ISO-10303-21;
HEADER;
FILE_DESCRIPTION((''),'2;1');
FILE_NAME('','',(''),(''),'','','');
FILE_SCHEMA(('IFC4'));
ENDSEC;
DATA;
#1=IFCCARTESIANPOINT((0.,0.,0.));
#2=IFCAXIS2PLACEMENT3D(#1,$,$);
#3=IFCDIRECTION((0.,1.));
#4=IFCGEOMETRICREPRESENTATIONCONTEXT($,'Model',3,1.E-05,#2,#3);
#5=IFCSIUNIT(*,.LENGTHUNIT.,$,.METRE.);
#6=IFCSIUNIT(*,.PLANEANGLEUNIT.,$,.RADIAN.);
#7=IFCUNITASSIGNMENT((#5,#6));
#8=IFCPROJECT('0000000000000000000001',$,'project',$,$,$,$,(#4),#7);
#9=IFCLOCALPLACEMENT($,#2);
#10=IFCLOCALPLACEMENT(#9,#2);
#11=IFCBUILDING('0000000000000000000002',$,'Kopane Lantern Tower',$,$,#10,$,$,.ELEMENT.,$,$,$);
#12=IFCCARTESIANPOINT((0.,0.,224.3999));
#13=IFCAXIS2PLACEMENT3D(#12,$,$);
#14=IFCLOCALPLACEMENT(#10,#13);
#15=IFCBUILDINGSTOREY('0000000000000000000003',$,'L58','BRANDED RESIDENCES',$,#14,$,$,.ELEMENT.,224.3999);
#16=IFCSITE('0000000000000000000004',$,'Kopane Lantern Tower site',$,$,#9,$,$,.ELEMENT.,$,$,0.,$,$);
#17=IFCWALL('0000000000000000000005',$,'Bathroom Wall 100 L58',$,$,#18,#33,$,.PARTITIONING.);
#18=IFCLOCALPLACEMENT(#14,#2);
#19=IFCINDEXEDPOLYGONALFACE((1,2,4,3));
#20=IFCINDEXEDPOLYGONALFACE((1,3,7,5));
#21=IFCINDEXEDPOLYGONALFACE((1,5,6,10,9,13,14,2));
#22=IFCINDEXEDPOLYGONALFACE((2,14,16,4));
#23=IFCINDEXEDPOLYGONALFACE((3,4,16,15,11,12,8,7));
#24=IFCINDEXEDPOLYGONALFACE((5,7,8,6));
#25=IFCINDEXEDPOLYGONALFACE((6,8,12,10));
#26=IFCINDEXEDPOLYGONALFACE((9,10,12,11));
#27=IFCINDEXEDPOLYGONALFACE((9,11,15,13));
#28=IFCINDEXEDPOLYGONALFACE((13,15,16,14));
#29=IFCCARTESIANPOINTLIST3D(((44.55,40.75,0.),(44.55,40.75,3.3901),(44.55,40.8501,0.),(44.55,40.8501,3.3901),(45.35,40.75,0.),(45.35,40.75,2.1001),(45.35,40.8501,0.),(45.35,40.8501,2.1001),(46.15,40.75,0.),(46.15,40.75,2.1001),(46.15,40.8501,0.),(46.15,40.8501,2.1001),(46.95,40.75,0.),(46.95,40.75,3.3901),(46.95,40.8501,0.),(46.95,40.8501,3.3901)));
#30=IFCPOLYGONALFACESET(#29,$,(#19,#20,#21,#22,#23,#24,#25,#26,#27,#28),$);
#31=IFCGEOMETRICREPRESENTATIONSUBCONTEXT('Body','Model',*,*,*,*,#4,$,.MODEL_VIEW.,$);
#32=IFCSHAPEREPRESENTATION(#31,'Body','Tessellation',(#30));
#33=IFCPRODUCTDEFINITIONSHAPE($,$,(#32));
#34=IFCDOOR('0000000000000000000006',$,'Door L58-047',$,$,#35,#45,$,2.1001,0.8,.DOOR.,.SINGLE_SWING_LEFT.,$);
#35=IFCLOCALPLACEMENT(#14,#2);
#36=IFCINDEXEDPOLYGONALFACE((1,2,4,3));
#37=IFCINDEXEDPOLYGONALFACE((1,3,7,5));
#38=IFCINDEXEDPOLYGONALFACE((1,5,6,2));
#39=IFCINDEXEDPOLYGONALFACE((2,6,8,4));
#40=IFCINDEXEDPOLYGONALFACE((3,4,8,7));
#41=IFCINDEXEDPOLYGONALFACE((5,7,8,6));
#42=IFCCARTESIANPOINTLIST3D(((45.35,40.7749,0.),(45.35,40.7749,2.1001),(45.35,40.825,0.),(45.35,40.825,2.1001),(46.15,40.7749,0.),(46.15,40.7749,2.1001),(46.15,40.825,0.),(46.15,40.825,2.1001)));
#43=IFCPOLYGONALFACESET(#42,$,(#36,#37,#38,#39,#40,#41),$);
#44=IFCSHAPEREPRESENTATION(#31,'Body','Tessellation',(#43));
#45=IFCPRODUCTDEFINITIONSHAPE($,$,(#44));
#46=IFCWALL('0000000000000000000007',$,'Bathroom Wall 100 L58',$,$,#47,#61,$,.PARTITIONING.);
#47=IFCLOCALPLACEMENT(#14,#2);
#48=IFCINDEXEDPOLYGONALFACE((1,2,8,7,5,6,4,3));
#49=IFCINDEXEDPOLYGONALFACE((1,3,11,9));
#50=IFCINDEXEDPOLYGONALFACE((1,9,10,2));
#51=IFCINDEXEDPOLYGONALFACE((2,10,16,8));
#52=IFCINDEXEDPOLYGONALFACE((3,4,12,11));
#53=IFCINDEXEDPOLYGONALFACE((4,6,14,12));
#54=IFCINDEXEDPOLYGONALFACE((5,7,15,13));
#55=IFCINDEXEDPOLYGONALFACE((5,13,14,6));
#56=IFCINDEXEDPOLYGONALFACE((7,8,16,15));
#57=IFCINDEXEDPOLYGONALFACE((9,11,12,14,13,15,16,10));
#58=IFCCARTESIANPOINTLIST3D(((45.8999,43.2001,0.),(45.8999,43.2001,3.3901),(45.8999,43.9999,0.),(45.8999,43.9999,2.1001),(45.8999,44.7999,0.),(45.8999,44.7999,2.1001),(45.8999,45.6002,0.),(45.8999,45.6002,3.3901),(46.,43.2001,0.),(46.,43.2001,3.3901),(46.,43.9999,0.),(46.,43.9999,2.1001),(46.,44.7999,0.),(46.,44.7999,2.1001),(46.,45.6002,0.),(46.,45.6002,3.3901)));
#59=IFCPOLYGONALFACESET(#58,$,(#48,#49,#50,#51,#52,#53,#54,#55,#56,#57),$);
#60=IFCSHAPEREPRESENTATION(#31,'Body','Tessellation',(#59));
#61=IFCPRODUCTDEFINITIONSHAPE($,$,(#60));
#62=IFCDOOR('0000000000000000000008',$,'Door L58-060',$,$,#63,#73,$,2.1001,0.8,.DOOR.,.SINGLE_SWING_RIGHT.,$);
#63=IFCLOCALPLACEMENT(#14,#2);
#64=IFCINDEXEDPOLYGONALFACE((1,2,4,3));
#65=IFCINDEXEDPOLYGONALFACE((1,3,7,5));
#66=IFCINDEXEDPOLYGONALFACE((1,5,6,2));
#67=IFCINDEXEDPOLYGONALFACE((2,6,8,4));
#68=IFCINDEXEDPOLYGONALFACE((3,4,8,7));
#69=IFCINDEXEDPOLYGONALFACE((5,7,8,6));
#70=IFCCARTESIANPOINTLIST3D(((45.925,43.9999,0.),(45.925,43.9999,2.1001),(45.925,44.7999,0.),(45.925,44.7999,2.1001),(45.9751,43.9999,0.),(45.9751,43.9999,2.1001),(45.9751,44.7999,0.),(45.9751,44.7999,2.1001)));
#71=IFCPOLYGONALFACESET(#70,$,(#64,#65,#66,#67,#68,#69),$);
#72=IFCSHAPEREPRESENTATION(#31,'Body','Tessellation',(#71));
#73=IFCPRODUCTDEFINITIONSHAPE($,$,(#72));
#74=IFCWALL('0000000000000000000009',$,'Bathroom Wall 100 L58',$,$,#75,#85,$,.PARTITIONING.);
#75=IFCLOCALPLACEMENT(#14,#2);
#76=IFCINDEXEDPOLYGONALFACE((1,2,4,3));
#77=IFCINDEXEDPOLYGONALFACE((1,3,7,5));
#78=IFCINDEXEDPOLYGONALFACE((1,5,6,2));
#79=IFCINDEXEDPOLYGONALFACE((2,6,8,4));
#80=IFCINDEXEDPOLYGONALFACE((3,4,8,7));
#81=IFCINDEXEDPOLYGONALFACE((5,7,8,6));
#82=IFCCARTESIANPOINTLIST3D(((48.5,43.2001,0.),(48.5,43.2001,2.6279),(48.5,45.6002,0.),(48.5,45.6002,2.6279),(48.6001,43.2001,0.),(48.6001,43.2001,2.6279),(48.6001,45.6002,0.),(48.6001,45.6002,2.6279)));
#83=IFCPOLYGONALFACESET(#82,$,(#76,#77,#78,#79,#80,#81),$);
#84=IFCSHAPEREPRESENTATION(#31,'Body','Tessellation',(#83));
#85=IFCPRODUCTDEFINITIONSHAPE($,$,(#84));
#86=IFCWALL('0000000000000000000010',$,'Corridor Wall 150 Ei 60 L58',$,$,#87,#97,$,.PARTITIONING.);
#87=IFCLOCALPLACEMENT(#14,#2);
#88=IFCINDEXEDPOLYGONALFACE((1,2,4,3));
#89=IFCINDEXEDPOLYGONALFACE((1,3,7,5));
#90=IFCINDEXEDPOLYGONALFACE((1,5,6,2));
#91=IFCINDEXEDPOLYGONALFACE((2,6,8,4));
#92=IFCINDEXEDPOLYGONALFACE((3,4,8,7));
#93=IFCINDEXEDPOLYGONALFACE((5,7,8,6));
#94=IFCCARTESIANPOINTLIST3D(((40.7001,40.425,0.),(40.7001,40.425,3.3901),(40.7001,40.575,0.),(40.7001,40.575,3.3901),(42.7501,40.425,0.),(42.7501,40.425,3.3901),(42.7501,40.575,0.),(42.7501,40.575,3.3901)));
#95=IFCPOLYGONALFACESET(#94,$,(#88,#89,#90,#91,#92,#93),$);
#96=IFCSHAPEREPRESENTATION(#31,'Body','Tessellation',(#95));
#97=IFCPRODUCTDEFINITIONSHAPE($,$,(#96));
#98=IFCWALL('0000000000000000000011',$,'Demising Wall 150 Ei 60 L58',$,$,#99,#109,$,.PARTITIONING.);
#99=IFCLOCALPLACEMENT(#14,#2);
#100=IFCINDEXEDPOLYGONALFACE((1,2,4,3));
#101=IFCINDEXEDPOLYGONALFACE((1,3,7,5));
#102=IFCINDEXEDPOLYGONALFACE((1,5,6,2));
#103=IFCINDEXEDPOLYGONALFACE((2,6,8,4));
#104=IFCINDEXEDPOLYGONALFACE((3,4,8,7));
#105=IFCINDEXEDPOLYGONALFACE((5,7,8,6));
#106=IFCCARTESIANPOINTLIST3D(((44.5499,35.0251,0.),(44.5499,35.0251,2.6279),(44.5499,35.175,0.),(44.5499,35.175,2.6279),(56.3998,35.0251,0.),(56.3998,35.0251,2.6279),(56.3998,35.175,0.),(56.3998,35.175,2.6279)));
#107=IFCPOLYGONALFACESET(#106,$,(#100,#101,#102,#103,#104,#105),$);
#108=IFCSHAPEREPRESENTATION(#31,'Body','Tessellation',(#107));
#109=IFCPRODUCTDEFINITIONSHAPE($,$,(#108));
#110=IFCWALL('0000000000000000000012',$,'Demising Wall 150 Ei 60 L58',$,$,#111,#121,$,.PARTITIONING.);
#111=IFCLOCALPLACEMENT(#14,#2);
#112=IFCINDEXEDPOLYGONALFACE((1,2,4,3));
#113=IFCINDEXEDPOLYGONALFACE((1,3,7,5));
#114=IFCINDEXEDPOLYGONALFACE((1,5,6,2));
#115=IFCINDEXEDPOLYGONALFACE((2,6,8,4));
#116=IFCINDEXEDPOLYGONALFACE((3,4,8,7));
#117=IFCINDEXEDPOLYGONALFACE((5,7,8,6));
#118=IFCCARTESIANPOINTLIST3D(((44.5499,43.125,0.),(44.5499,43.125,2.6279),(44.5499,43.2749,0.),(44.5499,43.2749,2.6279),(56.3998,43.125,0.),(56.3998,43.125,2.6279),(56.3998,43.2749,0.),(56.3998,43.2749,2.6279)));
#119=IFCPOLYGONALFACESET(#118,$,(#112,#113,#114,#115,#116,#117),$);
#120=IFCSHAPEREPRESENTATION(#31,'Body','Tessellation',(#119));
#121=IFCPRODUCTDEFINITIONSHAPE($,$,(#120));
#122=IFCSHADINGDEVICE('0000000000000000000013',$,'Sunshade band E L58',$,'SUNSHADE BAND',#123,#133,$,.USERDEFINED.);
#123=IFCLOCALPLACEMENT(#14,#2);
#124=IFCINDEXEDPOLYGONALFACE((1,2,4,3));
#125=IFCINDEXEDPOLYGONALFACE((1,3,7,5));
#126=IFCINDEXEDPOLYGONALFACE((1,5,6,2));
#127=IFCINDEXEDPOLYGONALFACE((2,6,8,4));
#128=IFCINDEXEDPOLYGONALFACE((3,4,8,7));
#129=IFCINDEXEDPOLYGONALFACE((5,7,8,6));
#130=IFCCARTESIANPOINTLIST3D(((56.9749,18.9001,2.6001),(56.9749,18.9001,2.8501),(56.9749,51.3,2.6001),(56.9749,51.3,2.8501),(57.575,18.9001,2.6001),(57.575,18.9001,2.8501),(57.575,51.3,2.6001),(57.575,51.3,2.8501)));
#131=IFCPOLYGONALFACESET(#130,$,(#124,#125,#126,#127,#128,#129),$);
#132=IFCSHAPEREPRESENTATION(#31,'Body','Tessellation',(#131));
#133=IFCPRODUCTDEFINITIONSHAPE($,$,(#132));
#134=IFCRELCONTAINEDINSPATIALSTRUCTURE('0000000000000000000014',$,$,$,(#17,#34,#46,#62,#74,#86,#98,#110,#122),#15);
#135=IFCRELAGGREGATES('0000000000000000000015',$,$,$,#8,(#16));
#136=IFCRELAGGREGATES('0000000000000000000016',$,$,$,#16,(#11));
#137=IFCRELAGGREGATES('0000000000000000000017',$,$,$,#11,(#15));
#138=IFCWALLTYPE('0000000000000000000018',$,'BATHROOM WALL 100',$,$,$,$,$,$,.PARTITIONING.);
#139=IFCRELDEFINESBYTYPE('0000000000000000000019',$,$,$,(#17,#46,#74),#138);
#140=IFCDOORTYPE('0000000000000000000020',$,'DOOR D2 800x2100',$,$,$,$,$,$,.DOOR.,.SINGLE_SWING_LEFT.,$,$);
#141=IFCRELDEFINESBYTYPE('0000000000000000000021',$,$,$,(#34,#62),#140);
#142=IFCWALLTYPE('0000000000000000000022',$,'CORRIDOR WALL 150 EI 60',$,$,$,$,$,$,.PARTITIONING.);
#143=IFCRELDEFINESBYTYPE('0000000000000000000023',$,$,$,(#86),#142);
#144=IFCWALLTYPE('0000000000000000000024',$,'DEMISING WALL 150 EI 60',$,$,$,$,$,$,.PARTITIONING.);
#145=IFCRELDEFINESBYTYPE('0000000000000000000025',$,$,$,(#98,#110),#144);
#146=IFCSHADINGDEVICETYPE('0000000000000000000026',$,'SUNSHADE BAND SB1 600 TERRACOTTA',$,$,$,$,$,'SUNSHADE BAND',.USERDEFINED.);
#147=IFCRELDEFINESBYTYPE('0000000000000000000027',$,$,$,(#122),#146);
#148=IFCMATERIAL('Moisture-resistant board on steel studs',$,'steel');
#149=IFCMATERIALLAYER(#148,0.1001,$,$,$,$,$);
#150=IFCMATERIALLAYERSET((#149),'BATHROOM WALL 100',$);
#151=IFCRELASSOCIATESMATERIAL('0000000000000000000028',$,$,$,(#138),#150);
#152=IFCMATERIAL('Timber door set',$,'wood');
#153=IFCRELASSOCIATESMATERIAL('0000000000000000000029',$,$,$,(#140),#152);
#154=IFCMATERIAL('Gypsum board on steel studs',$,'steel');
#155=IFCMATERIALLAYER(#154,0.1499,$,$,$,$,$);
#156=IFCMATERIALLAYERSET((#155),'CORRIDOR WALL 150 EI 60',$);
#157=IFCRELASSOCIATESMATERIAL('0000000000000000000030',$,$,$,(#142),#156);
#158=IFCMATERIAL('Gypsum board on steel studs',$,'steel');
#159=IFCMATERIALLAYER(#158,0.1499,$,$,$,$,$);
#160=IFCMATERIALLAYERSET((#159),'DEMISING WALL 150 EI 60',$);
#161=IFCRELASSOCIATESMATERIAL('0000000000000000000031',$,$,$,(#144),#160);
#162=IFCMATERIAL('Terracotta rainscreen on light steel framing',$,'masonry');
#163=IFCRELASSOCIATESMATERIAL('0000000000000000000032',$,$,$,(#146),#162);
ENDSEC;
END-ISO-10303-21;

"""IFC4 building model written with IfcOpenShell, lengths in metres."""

from ifc_helpers import new_model, si_unit, direction, frame, frame_2d, origin, origin_2d, place, context, subcontext, project, spatial, rectangle, extrude, material, layer, layer_set, type_object, element, fill, save


model = new_model("IFC4")

# Units and contexts
model_context = context("Model", 3, precision=1e-05, world=origin(), true_north=direction((0.0, 1.0)))
body_context = subcontext(model_context, "Body", "Model", "MODEL_VIEW")
ifc_project = project(units=[si_unit("LENGTHUNIT", "METRE"), si_unit("PLANEANGLEUNIT", "RADIAN")], contexts=[model_context])

# Site, building, storey
site_placement = place(None, origin())
site = spatial("IfcSite", under=ifc_project, at=site_placement, Name="Kopane Lantern Tower site", CompositionType="ELEMENT", RefElevation=0.0)
building_placement = place(site_placement, origin())
building = spatial("IfcBuilding", under=site, at=building_placement, Name="Kopane Lantern Tower", CompositionType="ELEMENT")
storey_placement = place(building_placement, frame((0.0, 0.0, 224.3999)))
storey = spatial("IfcBuildingStorey", under=building, at=storey_placement, Name="L58", Description="BRANDED RESIDENCES", CompositionType="ELEMENT", Elevation=224.3999)

# Walls, openings, doors
ifc_material_1 = material(Name="Moisture-resistant board on steel studs", Category="steel")
ifc_layer_1 = layer(ifc_material_1, 0.1001)
ifc_layer_set_1 = layer_set([ifc_layer_1], Name="BATHROOM WALL 100")
wall_type_1 = type_object("IfcWallType", Name="BATHROOM WALL 100", PredefinedType="PARTITIONING", material=ifc_layer_set_1)
ifc_material_2 = material(Name="Timber door set", Category="wood")
door_type_1 = type_object("IfcDoorType", Name="DOOR D2 800x2100", OperationType="SINGLE_SWING_LEFT", PredefinedType="DOOR", material=ifc_material_2)
wall_1_placement = place(storey_placement, frame((44.55, 40.8, 0.0), z_axis=(0.0, 0.0, 1.0), x_axis=(1.0, 0.0, 0.0)))
wall_1 = element("IfcWall", 1, at=wall_1_placement, inside=storey, type_object=wall_type_1, Name="Bathroom Wall 100 L58", PredefinedType="PARTITIONING", context=body_context, shape_type="SweptSolid", body=[
    extrude(rectangle(XDim=2.3999, YDim=0.1001, at=frame_2d((1.2, 0.0))), origin(), (0.0, 0.0, 1.0), 3.3901),
])
opening_1_placement = place(wall_1_placement, frame((0.8, 0.0, 0.0)))
opening_1 = element("IfcOpeningElement", 2, at=opening_1_placement, cuts=wall_1, PredefinedType="OPENING", context=body_context, shape_type="SweptSolid", body=[
    extrude(rectangle(XDim=0.8, YDim=2.1001, at=frame_2d((0.3999, 1.05))), frame((0.0, 0.0601, 0.0), z_axis=(0.0, -1.0, 0.0), x_axis=(1.0, 0.0, 0.0)), (0.0, 0.0, 1.0), 0.1201),
])
door_1_placement = place(opening_1_placement, origin())
door_1 = element("IfcDoor", 3, at=door_1_placement, inside=storey, type_object=door_type_1, Name="Door L58-047", OperationType="SINGLE_SWING_LEFT", OverallHeight=2.1001, OverallWidth=0.8, PredefinedType="DOOR", context=body_context, shape_type="SweptSolid", body=[
    extrude(rectangle(XDim=0.8, YDim=2.1001, at=frame_2d((0.3999, 1.05))), frame((0.0, 0.0249, 0.0), z_axis=(0.0, -1.0, 0.0), x_axis=(1.0, 0.0, 0.0)), (0.0, 0.0, 1.0), 0.05),
])
fill(opening_1, door_1)
wall_2_placement = place(storey_placement, frame((45.95, 43.2, 0.0), z_axis=(0.0, 0.0, 1.0), x_axis=(0.0, 1.0, 0.0)))
wall_2 = element("IfcWall", 4, at=wall_2_placement, inside=storey, type_object=wall_type_1, Name="Bathroom Wall 100 L58", PredefinedType="PARTITIONING", context=body_context, shape_type="SweptSolid", body=[
    extrude(rectangle(XDim=2.4001, YDim=0.1001, at=frame_2d((1.2002, 0.0))), origin(), (0.0, 0.0, 1.0), 3.3901),
])
opening_2_placement = place(wall_2_placement, frame((0.8, 0.0, 0.0)))
opening_2 = element("IfcOpeningElement", 5, at=opening_2_placement, cuts=wall_2, PredefinedType="OPENING", context=body_context, shape_type="SweptSolid", body=[
    extrude(rectangle(XDim=0.8, YDim=2.1001, at=frame_2d((0.3999, 1.05))), frame((0.0, 0.0601, 0.0), z_axis=(0.0, -1.0, 0.0), x_axis=(1.0, 0.0, 0.0)), (0.0, 0.0, 1.0), 0.1201),
])
door_2_placement = place(opening_2_placement, origin())
door_2 = element("IfcDoor", 6, at=door_2_placement, inside=storey, type_object=door_type_1, Name="Door L58-060", OperationType="SINGLE_SWING_RIGHT", OverallHeight=2.1001, OverallWidth=0.8, PredefinedType="DOOR", context=body_context, shape_type="SweptSolid", body=[
    extrude(rectangle(XDim=0.8, YDim=2.1001, at=frame_2d((0.3999, 1.05))), frame((0.0, 0.0249, 0.0), z_axis=(0.0, -1.0, 0.0), x_axis=(1.0, 0.0, 0.0)), (0.0, 0.0, 1.0), 0.05),
])
fill(opening_2, door_2)

# Walls
wall_3_placement = place(storey_placement, frame((48.55, 43.2, 0.0), z_axis=(0.0, 0.0, 1.0), x_axis=(0.0, 1.0, 0.0)))
element("IfcWall", 7, at=wall_3_placement, inside=storey, type_object=wall_type_1, Name="Bathroom Wall 100 L58", PredefinedType="PARTITIONING", context=body_context, shape_type="SweptSolid", body=[
    extrude(rectangle(XDim=2.4001, YDim=0.1001, at=frame_2d((1.2002, 0.0))), origin(), (0.0, 0.0, 1.0), 2.6279),
])
ifc_material_3 = material(Name="Gypsum board on steel studs", Category="steel")
ifc_layer_2 = layer(ifc_material_3, 0.1499)
ifc_layer_set_2 = layer_set([ifc_layer_2], Name="CORRIDOR WALL 150 EI 60")
wall_type_2 = type_object("IfcWallType", Name="CORRIDOR WALL 150 EI 60", PredefinedType="PARTITIONING", material=ifc_layer_set_2)
wall_4_placement = place(storey_placement, frame((42.75, 40.5, 0.0), z_axis=(0.0, 0.0, 1.0), x_axis=(-1.0, 0.0, 0.0)))
element("IfcWall", 8, at=wall_4_placement, inside=storey, type_object=wall_type_2, Name="Corridor Wall 150 Ei 60 L58", PredefinedType="PARTITIONING", context=body_context, shape_type="SweptSolid", body=[
    extrude(rectangle(XDim=2.05, YDim=0.1499, at=frame_2d((1.0249, 0.0))), origin(), (0.0, 0.0, 1.0), 3.3901),
])
ifc_material_4 = material(Name="Gypsum board on steel studs", Category="steel")
ifc_layer_3 = layer(ifc_material_4, 0.1499)
ifc_layer_set_3 = layer_set([ifc_layer_3], Name="DEMISING WALL 150 EI 60")
wall_type_3 = type_object("IfcWallType", Name="DEMISING WALL 150 EI 60", PredefinedType="PARTITIONING", material=ifc_layer_set_3)
for number, where, z_axis, x_axis, name in (
    (9, (44.55, 35.1001, 0.0), (0.0, 0.0, 1.0), (1.0, 0.0, 0.0), "Demising Wall 150 Ei 60 L58"),
    (10, (44.55, 43.2, 0.0), (0.0, 0.0, 1.0), (1.0, 0.0, 0.0), "Demising Wall 150 Ei 60 L58"),
):
    element("IfcWall", number, at=place(storey_placement, frame(where, z_axis=z_axis, x_axis=x_axis)), inside=storey, type_object=wall_type_3, Name=name, PredefinedType="PARTITIONING", context=body_context, shape_type="SweptSolid", body=[
        extrude(rectangle(XDim=11.8499, YDim=0.1499, at=frame_2d((5.9248, 0.0))), origin(), (0.0, 0.0, 1.0), 2.6279),
    ])

# Shading device
ifc_material_5 = material(Name="Terracotta rainscreen on light steel framing", Category="masonry")
shading_device_type = type_object("IfcShadingDeviceType", Name="SUNSHADE BAND SB1 600 TERRACOTTA", ElementType="SUNSHADE BAND", PredefinedType="USERDEFINED", material=ifc_material_5)
shading_device_placement = place(storey_placement, frame((57.2749, 35.1001, 2.6001), z_axis=(0.0, 0.0, 1.0), x_axis=(0.0, 1.0, 0.0)))
element("IfcShadingDevice", 11, at=shading_device_placement, inside=storey, type_object=shading_device_type, Name="Sunshade band E L58", ObjectType="SUNSHADE BAND", PredefinedType="USERDEFINED", context=body_context, shape_type="SweptSolid", body=[
    extrude(rectangle(XDim=32.3999, YDim=0.6001, at=origin_2d()), origin(), (0.0, 0.0, 1.0), 0.25),
])

save(model, "model.ifc")
